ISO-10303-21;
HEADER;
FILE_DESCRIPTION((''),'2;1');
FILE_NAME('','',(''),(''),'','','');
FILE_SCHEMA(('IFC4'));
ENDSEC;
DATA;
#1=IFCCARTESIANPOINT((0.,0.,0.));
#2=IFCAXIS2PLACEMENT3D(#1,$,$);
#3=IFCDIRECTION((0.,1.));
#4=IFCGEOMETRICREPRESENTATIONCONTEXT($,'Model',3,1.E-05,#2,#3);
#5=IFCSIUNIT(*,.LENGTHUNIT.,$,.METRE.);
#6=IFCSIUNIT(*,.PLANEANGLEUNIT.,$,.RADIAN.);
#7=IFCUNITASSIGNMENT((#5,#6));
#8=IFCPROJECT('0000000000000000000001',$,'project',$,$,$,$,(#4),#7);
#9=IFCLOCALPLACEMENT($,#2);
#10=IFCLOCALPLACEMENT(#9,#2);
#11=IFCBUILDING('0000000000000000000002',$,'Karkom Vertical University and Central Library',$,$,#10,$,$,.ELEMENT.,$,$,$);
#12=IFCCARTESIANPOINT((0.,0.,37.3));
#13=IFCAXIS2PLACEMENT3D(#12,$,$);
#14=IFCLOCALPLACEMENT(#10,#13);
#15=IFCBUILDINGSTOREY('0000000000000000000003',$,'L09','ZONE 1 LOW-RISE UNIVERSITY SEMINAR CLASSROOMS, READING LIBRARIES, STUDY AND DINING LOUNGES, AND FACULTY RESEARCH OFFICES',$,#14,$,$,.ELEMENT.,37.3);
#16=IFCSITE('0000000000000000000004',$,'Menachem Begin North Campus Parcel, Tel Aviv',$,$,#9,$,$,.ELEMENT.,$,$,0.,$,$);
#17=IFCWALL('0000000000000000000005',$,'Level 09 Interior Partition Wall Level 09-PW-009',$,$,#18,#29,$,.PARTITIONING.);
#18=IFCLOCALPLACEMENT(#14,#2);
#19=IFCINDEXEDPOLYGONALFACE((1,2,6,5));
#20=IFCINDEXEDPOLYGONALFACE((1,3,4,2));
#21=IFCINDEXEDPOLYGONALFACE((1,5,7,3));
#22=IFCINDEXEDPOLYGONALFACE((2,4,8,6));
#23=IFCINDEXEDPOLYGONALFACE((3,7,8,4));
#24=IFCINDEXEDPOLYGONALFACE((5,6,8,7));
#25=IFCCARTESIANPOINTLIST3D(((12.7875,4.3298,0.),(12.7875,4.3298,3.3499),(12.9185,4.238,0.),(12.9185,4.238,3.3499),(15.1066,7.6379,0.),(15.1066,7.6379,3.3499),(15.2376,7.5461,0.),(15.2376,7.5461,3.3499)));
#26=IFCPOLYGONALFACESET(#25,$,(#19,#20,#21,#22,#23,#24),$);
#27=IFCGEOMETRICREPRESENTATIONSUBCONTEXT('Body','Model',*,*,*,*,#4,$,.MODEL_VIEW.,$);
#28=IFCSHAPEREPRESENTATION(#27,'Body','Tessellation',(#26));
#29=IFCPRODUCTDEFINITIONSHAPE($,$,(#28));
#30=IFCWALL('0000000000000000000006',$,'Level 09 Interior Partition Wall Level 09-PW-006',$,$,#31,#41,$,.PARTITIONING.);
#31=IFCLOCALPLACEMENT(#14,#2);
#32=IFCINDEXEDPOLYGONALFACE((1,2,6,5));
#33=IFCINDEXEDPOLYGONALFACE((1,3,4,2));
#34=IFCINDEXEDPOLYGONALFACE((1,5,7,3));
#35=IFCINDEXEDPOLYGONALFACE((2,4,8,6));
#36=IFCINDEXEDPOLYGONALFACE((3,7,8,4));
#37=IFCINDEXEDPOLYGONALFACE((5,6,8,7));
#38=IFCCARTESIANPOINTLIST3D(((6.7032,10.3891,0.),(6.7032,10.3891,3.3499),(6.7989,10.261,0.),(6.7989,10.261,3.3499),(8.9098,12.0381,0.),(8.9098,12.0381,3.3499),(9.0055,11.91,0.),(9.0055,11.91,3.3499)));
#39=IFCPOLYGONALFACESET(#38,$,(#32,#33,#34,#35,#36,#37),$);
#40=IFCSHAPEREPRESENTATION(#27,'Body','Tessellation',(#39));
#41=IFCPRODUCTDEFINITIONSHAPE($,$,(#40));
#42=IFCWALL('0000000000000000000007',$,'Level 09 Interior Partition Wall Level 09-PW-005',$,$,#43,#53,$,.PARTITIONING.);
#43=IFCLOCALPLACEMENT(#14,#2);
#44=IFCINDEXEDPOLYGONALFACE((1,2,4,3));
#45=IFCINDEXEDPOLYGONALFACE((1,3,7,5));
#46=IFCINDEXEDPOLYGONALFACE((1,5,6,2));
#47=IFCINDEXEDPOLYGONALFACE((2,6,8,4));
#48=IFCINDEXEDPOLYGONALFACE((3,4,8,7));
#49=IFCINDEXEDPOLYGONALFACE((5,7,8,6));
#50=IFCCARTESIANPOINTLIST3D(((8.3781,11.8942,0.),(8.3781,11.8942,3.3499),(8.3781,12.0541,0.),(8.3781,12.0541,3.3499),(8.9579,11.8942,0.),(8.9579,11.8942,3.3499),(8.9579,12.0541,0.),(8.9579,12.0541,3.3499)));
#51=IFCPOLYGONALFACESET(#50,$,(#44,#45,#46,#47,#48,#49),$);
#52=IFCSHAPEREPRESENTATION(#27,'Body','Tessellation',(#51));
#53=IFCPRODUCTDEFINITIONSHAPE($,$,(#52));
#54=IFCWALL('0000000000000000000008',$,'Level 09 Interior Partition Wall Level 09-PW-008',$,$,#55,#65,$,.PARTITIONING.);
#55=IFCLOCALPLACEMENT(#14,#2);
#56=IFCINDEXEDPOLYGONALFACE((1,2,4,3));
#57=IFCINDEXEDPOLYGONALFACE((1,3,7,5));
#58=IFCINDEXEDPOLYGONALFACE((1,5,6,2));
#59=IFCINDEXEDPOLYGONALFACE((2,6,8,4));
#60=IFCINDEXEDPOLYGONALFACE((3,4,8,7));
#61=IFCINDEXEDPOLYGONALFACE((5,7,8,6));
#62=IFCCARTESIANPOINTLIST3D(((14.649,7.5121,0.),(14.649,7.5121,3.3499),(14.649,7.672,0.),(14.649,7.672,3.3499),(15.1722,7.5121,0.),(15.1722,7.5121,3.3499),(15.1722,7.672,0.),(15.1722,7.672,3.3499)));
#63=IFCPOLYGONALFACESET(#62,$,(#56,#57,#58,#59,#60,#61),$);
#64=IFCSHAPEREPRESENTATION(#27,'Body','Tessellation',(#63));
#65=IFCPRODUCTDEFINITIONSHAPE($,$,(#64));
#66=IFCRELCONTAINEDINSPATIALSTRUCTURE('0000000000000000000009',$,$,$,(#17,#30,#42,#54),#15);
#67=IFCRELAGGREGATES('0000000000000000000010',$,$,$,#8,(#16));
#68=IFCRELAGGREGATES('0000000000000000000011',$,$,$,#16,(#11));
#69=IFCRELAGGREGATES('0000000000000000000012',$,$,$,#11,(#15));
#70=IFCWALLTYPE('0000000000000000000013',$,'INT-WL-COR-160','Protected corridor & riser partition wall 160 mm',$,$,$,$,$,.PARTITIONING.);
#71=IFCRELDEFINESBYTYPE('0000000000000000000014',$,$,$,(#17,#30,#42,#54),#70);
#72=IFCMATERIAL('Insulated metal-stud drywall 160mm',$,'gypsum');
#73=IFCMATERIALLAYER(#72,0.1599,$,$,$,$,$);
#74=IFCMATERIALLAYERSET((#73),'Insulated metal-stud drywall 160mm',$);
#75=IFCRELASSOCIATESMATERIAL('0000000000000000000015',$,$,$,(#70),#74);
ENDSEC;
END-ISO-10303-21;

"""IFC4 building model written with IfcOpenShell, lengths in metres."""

from ifc_helpers import new_model, si_unit, direction, frame, frame_2d, origin, place, context, subcontext, project, spatial, rectangle, extrude, material, layer, layer_set, type_object, element, save


model = new_model("IFC4")

# Units and contexts
model_context = context("Model", 3, precision=1e-05, world=origin(), true_north=direction((0.0, 1.0)))
body_context = subcontext(model_context, "Body", "Model", "MODEL_VIEW")
ifc_project = project(units=[si_unit("LENGTHUNIT", "METRE"), si_unit("PLANEANGLEUNIT", "RADIAN")], contexts=[model_context])

# Site, building, storey
site_placement = place(None, origin())
site = spatial("IfcSite", under=ifc_project, at=site_placement, Name="Menachem Begin North Campus Parcel, Tel Aviv", CompositionType="ELEMENT", RefElevation=0.0)
building_placement = place(site_placement, origin())
building = spatial("IfcBuilding", under=site, at=building_placement, Name="Karkom Vertical University and Central Library", CompositionType="ELEMENT")
storey_placement = place(building_placement, frame((0.0, 0.0, 37.3)))
storey = spatial("IfcBuildingStorey", under=building, at=storey_placement, Name="L09", Description="ZONE 1 LOW-RISE UNIVERSITY SEMINAR CLASSROOMS, READING LIBRARIES, STUDY AND DINING LOUNGES, AND FACULTY RESEARCH OFFICES", CompositionType="ELEMENT", Elevation=37.3)

# Walls
ifc_material_1 = material(Name="Insulated metal-stud drywall 160mm", Category="gypsum")
ifc_layer_1 = layer(ifc_material_1, 0.1599)
ifc_layer_set_1 = layer_set([ifc_layer_1], Name="Insulated metal-stud drywall 160mm")
wall_type_1 = type_object("IfcWallType", Name="INT-WL-COR-160", Description="Protected corridor & riser partition wall 160 mm", PredefinedType="PARTITIONING", material=ifc_layer_set_1)
wall_1_placement = place(storey_placement, frame((15.1721, 7.592, 0.0), z_axis=(0.0, 0.0, 1.0), x_axis=(-0.57403, -0.818834, 0.0)))
element("IfcWall", 1, at=wall_1_placement, inside=storey, type_object=wall_type_1, Name="Level 09 Interior Partition Wall Level 09-PW-009", PredefinedType="PARTITIONING", context=body_context, shape_type="SweptSolid", body=[
    extrude(rectangle(XDim=4.04, YDim=0.1599, at=frame_2d((2.02, 0.0))), origin(), (0.0, 0.0, 1.0), 3.3499),
])
wall_2_placement = place(storey_placement, frame((8.9578, 11.9741, 0.0), z_axis=(0.0, 0.0, 1.0), x_axis=(-0.801041, -0.598609, 0.0)))
element("IfcWall", 2, at=wall_2_placement, inside=storey, type_object=wall_type_1, Name="Level 09 Interior Partition Wall Level 09-PW-006", PredefinedType="PARTITIONING", context=body_context, shape_type="SweptSolid", body=[
    extrude(rectangle(XDim=2.7546, YDim=0.1599, at=frame_2d((1.3774, 0.0))), origin(), (0.0, 0.0, 1.0), 3.3499),
])
wall_3_placement = place(storey_placement, frame((8.3779, 11.9741, 0.0), z_axis=(0.0, 0.0, 1.0), x_axis=(1.0, 0.0, 0.0)))
element("IfcWall", 3, at=wall_3_placement, inside=storey, type_object=wall_type_1, Name="Level 09 Interior Partition Wall Level 09-PW-005", PredefinedType="PARTITIONING", context=body_context, shape_type="SweptSolid", body=[
    extrude(rectangle(XDim=0.5798, YDim=0.1599, at=frame_2d((0.29, 0.0))), origin(), (0.0, 0.0, 1.0), 3.3499),
])
wall_4_placement = place(storey_placement, frame((14.6489, 7.592, 0.0), z_axis=(0.0, 0.0, 1.0), x_axis=(1.0, 0.0, 0.0)))
element("IfcWall", 4, at=wall_4_placement, inside=storey, type_object=wall_type_1, Name="Level 09 Interior Partition Wall Level 09-PW-008", PredefinedType="PARTITIONING", context=body_context, shape_type="SweptSolid", body=[
    extrude(rectangle(XDim=0.5232, YDim=0.1599, at=frame_2d((0.2617, 0.0))), origin(), (0.0, 0.0, 1.0), 3.3499),
])

save(model, "model.ifc")
